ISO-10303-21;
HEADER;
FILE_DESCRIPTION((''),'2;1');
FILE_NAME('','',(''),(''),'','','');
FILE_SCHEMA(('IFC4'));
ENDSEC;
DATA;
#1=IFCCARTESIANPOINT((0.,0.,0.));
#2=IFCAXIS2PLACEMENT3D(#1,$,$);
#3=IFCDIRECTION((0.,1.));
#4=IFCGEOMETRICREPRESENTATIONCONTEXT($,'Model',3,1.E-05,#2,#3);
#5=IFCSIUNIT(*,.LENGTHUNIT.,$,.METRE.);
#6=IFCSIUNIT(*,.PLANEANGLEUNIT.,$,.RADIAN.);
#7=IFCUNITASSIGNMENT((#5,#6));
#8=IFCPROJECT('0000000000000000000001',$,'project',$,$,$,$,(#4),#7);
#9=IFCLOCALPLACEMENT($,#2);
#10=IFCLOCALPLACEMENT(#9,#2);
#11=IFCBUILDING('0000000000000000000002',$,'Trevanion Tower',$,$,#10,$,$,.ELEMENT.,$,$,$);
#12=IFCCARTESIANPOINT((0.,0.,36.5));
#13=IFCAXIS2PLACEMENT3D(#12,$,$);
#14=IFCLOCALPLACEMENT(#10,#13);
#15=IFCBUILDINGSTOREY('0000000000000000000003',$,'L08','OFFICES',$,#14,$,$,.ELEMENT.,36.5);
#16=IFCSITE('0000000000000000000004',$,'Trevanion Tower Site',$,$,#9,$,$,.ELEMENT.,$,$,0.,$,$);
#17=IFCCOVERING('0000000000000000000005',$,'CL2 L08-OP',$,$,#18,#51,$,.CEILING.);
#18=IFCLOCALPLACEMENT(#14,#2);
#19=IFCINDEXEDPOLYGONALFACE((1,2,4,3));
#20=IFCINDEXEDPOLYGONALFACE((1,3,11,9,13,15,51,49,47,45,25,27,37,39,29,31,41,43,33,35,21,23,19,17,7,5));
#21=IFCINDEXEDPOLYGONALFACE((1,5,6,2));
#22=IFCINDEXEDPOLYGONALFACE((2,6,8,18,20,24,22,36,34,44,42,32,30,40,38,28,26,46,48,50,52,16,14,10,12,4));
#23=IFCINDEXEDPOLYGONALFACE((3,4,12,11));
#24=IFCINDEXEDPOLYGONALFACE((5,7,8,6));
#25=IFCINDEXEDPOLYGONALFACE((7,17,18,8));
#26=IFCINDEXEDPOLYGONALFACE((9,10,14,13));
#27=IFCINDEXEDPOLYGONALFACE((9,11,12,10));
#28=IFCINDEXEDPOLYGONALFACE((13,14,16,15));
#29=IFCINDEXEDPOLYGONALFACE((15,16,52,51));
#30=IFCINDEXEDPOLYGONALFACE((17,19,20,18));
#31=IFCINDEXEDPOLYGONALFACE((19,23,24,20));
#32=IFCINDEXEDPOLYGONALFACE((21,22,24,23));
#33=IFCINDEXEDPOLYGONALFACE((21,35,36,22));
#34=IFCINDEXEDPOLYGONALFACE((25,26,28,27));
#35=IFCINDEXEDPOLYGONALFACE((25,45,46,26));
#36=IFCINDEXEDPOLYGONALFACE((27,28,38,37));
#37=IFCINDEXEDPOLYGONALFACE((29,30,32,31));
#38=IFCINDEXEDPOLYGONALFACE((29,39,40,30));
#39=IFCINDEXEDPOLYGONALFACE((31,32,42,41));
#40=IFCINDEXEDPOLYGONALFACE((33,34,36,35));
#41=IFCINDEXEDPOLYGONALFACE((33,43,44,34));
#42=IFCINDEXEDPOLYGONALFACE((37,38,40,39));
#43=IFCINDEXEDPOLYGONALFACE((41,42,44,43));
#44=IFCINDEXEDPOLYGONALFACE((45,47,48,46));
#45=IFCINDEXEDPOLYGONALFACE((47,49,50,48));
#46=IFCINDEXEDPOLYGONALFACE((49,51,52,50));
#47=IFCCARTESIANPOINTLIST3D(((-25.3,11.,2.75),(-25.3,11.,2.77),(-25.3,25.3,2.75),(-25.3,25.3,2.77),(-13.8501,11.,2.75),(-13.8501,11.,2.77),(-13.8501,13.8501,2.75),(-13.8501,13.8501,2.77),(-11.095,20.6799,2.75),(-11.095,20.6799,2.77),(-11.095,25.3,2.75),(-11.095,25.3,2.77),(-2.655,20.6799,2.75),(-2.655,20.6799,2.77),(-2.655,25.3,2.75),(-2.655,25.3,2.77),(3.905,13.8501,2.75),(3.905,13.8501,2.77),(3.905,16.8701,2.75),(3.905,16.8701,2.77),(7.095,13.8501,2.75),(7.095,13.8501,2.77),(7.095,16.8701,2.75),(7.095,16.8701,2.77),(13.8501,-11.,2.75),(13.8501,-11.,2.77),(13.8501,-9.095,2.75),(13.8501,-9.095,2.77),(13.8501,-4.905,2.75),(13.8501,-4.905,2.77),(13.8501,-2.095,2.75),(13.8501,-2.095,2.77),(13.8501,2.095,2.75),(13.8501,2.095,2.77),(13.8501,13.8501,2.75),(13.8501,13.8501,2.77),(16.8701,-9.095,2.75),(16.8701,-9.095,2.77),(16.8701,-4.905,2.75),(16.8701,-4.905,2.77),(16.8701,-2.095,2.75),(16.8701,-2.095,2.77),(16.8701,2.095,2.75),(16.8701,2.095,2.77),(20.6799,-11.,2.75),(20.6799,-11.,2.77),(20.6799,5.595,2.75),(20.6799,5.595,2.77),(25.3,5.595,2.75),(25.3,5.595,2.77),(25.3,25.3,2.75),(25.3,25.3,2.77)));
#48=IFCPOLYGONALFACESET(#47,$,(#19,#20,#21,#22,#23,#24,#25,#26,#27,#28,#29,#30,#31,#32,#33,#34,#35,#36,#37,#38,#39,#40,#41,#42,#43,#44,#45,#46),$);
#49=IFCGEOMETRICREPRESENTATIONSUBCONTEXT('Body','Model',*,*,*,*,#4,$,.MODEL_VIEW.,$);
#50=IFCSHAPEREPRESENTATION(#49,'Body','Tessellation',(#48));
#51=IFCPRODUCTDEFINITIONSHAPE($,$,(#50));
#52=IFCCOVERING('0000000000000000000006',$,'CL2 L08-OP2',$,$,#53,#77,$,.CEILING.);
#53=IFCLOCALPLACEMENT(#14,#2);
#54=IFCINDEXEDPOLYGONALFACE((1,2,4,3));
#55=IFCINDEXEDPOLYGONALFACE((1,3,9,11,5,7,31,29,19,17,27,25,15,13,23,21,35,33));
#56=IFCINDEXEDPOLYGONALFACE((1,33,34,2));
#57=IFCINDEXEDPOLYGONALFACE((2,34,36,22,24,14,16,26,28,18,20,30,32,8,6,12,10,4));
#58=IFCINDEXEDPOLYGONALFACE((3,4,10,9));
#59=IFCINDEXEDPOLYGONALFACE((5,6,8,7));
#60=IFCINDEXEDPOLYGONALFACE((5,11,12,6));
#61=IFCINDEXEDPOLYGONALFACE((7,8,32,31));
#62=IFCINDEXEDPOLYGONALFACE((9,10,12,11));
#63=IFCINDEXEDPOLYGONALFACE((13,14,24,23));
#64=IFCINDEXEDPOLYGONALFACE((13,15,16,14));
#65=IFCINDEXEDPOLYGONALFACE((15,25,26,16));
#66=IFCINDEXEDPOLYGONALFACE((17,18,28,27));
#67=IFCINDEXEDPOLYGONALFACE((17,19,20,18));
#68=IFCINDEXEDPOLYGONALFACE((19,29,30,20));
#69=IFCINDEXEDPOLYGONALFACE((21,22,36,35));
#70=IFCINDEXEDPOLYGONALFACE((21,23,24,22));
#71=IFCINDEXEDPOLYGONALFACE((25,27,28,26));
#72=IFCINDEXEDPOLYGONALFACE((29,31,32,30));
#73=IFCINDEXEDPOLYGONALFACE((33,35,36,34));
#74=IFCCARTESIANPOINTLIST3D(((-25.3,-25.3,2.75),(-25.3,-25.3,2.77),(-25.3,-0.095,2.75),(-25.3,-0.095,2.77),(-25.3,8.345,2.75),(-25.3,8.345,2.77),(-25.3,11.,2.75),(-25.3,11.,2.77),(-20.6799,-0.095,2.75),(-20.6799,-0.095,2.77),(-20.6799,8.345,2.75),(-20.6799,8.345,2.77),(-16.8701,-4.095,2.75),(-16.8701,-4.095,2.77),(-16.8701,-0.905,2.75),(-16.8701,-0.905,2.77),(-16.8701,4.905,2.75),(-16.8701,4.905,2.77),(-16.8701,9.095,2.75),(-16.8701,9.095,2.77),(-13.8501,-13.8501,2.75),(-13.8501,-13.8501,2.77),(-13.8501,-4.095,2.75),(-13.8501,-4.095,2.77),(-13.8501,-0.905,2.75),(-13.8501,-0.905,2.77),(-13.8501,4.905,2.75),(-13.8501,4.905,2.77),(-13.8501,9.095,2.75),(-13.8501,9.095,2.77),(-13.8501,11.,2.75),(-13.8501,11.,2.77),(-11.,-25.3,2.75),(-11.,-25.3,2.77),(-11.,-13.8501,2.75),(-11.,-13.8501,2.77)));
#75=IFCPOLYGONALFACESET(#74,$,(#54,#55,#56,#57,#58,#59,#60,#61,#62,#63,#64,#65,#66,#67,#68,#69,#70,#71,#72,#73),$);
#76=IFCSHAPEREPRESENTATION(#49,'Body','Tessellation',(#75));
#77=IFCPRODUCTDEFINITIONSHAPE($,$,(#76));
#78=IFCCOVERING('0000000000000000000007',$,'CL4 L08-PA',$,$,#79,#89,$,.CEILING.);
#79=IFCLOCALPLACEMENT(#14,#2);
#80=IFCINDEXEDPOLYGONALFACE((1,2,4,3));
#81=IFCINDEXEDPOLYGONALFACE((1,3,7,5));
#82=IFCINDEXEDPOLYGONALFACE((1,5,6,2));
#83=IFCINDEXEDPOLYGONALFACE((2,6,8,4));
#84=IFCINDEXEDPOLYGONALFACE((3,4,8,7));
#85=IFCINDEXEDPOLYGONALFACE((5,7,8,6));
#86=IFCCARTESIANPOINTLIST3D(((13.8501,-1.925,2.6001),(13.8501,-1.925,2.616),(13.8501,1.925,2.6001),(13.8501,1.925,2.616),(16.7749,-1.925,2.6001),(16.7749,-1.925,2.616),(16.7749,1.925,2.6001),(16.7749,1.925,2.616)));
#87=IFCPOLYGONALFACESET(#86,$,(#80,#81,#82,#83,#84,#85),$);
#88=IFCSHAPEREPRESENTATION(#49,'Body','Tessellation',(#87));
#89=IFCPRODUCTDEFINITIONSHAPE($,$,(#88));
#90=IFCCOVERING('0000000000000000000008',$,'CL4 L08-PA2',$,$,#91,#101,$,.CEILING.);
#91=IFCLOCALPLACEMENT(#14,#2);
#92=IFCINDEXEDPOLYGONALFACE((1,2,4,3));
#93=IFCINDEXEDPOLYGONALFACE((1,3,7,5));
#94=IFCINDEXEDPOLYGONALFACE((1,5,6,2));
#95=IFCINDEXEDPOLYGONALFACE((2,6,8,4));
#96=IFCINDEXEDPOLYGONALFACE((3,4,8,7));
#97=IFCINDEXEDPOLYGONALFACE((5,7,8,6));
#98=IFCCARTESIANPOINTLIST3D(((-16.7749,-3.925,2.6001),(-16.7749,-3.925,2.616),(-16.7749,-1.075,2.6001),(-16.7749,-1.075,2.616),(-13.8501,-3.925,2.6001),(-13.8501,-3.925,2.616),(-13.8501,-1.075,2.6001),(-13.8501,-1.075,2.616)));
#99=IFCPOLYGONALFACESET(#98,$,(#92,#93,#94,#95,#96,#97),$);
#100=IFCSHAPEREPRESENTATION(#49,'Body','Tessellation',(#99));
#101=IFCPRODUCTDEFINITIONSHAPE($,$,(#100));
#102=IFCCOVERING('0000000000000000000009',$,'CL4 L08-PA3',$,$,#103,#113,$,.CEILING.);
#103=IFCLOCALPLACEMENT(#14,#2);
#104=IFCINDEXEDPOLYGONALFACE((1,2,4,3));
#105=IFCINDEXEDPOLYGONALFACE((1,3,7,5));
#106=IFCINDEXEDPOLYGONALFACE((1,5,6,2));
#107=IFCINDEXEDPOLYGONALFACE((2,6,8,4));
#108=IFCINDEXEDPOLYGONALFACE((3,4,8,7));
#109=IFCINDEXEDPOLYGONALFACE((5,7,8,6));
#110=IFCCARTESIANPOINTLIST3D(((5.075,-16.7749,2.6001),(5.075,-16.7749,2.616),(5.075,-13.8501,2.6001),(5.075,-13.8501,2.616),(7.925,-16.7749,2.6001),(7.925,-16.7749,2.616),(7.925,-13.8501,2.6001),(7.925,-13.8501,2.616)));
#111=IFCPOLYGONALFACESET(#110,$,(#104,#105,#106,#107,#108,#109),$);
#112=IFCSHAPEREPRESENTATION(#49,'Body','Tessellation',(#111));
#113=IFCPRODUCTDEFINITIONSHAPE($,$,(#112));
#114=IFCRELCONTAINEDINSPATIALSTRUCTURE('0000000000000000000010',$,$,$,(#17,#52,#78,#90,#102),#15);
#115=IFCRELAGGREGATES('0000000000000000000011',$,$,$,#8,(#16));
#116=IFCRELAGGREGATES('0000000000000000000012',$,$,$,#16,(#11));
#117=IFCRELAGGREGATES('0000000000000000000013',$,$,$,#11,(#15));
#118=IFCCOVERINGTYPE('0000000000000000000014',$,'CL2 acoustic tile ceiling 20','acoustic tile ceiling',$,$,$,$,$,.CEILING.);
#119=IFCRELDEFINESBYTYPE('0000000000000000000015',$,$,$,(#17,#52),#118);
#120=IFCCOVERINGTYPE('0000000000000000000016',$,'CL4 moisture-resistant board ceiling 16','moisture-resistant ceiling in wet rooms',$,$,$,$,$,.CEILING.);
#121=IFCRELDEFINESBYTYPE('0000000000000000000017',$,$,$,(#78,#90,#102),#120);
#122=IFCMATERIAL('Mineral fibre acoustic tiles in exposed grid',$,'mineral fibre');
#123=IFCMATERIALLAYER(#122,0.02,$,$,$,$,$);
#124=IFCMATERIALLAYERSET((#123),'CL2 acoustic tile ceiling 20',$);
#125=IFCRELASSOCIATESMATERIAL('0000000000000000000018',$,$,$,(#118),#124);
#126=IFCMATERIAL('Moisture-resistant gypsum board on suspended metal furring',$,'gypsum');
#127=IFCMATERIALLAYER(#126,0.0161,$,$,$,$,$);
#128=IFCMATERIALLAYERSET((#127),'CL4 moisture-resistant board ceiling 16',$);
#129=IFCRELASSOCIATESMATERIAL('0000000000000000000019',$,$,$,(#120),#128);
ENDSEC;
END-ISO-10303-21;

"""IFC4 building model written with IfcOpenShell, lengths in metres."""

from ifc_helpers import new_model, si_unit, direction, frame, origin, place, context, subcontext, project, spatial, polyline, outline, extrude, material, layer, layer_set, type_object, element, save


model = new_model("IFC4")

# Units and contexts
model_context = context("Model", 3, precision=1e-05, world=origin(), true_north=direction((0.0, 1.0)))
body_context = subcontext(model_context, "Body", "Model", "MODEL_VIEW")
ifc_project = project(units=[si_unit("LENGTHUNIT", "METRE"), si_unit("PLANEANGLEUNIT", "RADIAN")], contexts=[model_context])

# Site, building, storey
site_placement = place(None, origin())
site = spatial("IfcSite", under=ifc_project, at=site_placement, Name="Trevanion Tower Site", CompositionType="ELEMENT", RefElevation=0.0)
building_placement = place(site_placement, origin())
building = spatial("IfcBuilding", under=site, at=building_placement, Name="Trevanion Tower", CompositionType="ELEMENT")
storey_placement = place(building_placement, frame((0.0, 0.0, 36.5)))
storey = spatial("IfcBuildingStorey", under=building, at=storey_placement, Name="L08", Description="OFFICES", CompositionType="ELEMENT", Elevation=36.5)

# Coverings
ifc_material_1 = material(Name="Mineral fibre acoustic tiles in exposed grid", Category="mineral fibre")
ifc_layer_1 = layer(ifc_material_1, 0.02)
ifc_layer_set_1 = layer_set([ifc_layer_1], Name="CL2 acoustic tile ceiling 20")
covering_type_1 = type_object("IfcCoveringType", Name="CL2 acoustic tile ceiling 20", Description="acoustic tile ceiling", PredefinedType="CEILING", material=ifc_layer_set_1)
covering_1_placement = place(storey_placement, frame((0.0, 0.0, 2.75)))
element("IfcCovering", 1, at=covering_1_placement, inside=storey, type_object=covering_type_1, Name="CL2 L08-OP", PredefinedType="CEILING", context=body_context, shape_type="SweptSolid", body=[
    extrude(outline(polyline([(13.8501, 13.8501), (7.095, 13.8501), (7.095, 16.8701), (3.905, 16.8701), (3.905, 13.8501), (-13.8501, 13.8501), (-13.8501, 11.0), (-25.3, 11.0), (-25.3, 25.3), (-11.095, 25.3), (-11.095, 20.6799), (-2.655, 20.6799), (-2.655, 25.3), (25.3, 25.3), (25.3, 5.595), (20.6799, 5.595), (20.6799, -11.0), (13.8501, -11.0), (13.8501, -9.095), (16.8701, -9.095), (16.8701, -4.905), (13.8501, -4.905), (13.8501, -2.095), (16.8701, -2.095), (16.8701, 2.095), (13.8501, 2.095), (13.8501, 13.8501)])), origin(), (0.0, 0.0, 1.0), 0.02),
])
covering_2_placement = place(storey_placement, frame((0.0, 0.0, 2.75)))
element("IfcCovering", 2, at=covering_2_placement, inside=storey, type_object=covering_type_1, Name="CL2 L08-OP2", PredefinedType="CEILING", context=body_context, shape_type="SweptSolid", body=[
    extrude(outline(polyline([(-13.8501, 9.095), (-16.8701, 9.095), (-16.8701, 4.905), (-13.8501, 4.905), (-13.8501, -0.905), (-16.8701, -0.905), (-16.8701, -4.095), (-13.8501, -4.095), (-13.8501, -13.8501), (-11.0, -13.8501), (-11.0, -25.3), (-25.3, -25.3), (-25.3, -0.095), (-20.6799, -0.095), (-20.6799, 8.345), (-25.3, 8.345), (-25.3, 11.0), (-13.8501, 11.0), (-13.8501, 9.095)])), origin(), (0.0, 0.0, 1.0), 0.02),
])
ifc_material_2 = material(Name="Moisture-resistant gypsum board on suspended metal furring", Category="gypsum")
ifc_layer_2 = layer(ifc_material_2, 0.0161)
ifc_layer_set_2 = layer_set([ifc_layer_2], Name="CL4 moisture-resistant board ceiling 16")
covering_type_2 = type_object("IfcCoveringType", Name="CL4 moisture-resistant board ceiling 16", Description="moisture-resistant ceiling in wet rooms", PredefinedType="CEILING", material=ifc_layer_set_2)
covering_3_placement = place(storey_placement, frame((0.0, 0.0, 2.6001)))
element("IfcCovering", 3, at=covering_3_placement, inside=storey, type_object=covering_type_2, Name="CL4 L08-PA", PredefinedType="CEILING", context=body_context, shape_type="SweptSolid", body=[
    extrude(outline(polyline([(13.8501, -1.925), (13.8501, 1.925), (16.7749, 1.925), (16.7749, -1.925), (13.8501, -1.925)])), origin(), (0.0, 0.0, 1.0), 0.0159),
])
covering_4_placement = place(storey_placement, frame((0.0, 0.0, 2.6001)))
element("IfcCovering", 4, at=covering_4_placement, inside=storey, type_object=covering_type_2, Name="CL4 L08-PA2", PredefinedType="CEILING", context=body_context, shape_type="SweptSolid", body=[
    extrude(outline(polyline([(-13.8501, -1.075), (-13.8501, -3.925), (-16.7749, -3.925), (-16.7749, -1.075), (-13.8501, -1.075)])), origin(), (0.0, 0.0, 1.0), 0.0159),
])
covering_5_placement = place(storey_placement, frame((0.0, 0.0, 2.6001)))
element("IfcCovering", 5, at=covering_5_placement, inside=storey, type_object=covering_type_2, Name="CL4 L08-PA3", PredefinedType="CEILING", context=body_context, shape_type="SweptSolid", body=[
    extrude(outline(polyline([(5.075, -13.8501), (7.925, -13.8501), (7.925, -16.7749), (5.075, -16.7749), (5.075, -13.8501)])), origin(), (0.0, 0.0, 1.0), 0.0159),
])

save(model, "model.ifc")
